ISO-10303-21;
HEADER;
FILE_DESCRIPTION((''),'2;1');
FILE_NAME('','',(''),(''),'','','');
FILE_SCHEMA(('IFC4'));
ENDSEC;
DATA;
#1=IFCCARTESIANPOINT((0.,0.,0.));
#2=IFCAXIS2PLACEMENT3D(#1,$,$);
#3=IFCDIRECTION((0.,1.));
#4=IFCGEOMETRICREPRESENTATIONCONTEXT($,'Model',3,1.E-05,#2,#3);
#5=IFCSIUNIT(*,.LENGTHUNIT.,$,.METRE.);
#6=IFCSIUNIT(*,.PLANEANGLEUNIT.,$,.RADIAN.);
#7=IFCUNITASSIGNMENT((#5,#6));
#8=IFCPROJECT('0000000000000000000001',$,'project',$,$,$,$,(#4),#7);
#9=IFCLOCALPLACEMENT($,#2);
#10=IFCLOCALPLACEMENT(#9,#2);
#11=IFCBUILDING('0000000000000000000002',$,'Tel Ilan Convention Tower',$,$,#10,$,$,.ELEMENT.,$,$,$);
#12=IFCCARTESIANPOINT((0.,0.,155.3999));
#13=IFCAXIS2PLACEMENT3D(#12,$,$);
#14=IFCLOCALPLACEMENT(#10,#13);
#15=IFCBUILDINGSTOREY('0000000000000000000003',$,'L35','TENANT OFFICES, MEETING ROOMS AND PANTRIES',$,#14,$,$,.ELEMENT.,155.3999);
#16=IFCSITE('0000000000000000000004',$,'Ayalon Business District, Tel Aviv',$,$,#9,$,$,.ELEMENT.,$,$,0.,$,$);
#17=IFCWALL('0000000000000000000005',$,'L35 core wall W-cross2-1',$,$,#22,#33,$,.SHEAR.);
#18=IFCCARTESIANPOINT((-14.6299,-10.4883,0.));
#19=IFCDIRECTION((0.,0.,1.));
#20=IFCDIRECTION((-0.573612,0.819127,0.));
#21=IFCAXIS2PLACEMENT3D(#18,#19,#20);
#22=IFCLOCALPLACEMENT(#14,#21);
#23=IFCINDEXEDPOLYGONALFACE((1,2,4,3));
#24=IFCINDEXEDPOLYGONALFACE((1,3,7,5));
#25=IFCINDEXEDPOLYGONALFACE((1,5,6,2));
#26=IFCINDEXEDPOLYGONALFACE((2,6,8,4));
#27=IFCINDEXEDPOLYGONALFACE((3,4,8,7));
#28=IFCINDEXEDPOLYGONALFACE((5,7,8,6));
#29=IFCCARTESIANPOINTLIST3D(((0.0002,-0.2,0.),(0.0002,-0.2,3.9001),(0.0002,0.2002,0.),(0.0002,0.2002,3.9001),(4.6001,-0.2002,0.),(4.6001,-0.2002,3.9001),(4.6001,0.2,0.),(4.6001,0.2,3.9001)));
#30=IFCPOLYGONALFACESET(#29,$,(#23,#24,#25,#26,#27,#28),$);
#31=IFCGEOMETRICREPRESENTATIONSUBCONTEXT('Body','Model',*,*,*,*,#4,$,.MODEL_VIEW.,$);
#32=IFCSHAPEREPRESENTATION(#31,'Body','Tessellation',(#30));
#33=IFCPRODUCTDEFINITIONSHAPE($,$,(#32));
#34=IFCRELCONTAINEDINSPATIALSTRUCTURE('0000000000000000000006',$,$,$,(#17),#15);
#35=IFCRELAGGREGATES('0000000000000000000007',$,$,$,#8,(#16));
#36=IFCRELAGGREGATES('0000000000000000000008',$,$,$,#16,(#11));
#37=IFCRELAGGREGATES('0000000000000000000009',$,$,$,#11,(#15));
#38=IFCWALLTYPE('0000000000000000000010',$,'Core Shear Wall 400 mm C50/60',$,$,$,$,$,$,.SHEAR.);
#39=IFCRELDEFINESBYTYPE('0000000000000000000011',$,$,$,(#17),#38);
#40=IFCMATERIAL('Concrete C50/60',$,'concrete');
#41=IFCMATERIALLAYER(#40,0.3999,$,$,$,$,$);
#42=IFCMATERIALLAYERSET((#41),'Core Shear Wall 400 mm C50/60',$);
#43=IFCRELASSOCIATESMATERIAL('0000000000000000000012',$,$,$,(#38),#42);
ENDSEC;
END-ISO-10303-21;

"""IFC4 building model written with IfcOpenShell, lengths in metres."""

from ifc_helpers import new_model, si_unit, direction, frame, origin, place, context, subcontext, project, spatial, polyline, outline, extrude, material, layer, layer_set, type_object, element, save


model = new_model("IFC4")

# Units and contexts
model_context = context("Model", 3, precision=1e-05, world=origin(), true_north=direction((0.0, 1.0)))
body_context = subcontext(model_context, "Body", "Model", "MODEL_VIEW")
ifc_project = project(units=[si_unit("LENGTHUNIT", "METRE"), si_unit("PLANEANGLEUNIT", "RADIAN")], contexts=[model_context])

# Site, building, storey
site_placement = place(None, origin())
site = spatial("IfcSite", under=ifc_project, at=site_placement, Name="Ayalon Business District, Tel Aviv", CompositionType="ELEMENT", RefElevation=0.0)
building_placement = place(site_placement, origin())
building = spatial("IfcBuilding", under=site, at=building_placement, Name="Tel Ilan Convention Tower", CompositionType="ELEMENT")
storey_placement = place(building_placement, frame((0.0, 0.0, 155.3999)))
storey = spatial("IfcBuildingStorey", under=building, at=storey_placement, Name="L35", Description="TENANT OFFICES, MEETING ROOMS AND PANTRIES", CompositionType="ELEMENT", Elevation=155.3999)

# Wall
ifc_material_1 = material(Name="Concrete C50/60", Category="concrete")
ifc_layer_1 = layer(ifc_material_1, 0.3999)
ifc_layer_set_1 = layer_set([ifc_layer_1], Name="Core Shear Wall 400 mm C50/60")
wall_type_1 = type_object("IfcWallType", Name="Core Shear Wall 400 mm C50/60", PredefinedType="SHEAR", material=ifc_layer_set_1)
wall_1_placement = place(storey_placement, frame((-14.6299, -10.4883, 0.0), z_axis=(0.0, 0.0, 1.0), x_axis=(-0.573612, 0.819127, 0.0)))
element("IfcWall", 1, at=wall_1_placement, inside=storey, type_object=wall_type_1, Name="L35 core wall W-cross2-1", PredefinedType="SHEAR", context=body_context, shape_type="SweptSolid", body=[
    extrude(outline(polyline([(4.6001, 0.2), (0.0002, 0.2002), (0.0002, -0.2), (4.6001, -0.2002), (4.6001, 0.2)])), origin(), (0.0, 0.0, 1.0), 3.9001),
])

save(model, "model.ifc")
